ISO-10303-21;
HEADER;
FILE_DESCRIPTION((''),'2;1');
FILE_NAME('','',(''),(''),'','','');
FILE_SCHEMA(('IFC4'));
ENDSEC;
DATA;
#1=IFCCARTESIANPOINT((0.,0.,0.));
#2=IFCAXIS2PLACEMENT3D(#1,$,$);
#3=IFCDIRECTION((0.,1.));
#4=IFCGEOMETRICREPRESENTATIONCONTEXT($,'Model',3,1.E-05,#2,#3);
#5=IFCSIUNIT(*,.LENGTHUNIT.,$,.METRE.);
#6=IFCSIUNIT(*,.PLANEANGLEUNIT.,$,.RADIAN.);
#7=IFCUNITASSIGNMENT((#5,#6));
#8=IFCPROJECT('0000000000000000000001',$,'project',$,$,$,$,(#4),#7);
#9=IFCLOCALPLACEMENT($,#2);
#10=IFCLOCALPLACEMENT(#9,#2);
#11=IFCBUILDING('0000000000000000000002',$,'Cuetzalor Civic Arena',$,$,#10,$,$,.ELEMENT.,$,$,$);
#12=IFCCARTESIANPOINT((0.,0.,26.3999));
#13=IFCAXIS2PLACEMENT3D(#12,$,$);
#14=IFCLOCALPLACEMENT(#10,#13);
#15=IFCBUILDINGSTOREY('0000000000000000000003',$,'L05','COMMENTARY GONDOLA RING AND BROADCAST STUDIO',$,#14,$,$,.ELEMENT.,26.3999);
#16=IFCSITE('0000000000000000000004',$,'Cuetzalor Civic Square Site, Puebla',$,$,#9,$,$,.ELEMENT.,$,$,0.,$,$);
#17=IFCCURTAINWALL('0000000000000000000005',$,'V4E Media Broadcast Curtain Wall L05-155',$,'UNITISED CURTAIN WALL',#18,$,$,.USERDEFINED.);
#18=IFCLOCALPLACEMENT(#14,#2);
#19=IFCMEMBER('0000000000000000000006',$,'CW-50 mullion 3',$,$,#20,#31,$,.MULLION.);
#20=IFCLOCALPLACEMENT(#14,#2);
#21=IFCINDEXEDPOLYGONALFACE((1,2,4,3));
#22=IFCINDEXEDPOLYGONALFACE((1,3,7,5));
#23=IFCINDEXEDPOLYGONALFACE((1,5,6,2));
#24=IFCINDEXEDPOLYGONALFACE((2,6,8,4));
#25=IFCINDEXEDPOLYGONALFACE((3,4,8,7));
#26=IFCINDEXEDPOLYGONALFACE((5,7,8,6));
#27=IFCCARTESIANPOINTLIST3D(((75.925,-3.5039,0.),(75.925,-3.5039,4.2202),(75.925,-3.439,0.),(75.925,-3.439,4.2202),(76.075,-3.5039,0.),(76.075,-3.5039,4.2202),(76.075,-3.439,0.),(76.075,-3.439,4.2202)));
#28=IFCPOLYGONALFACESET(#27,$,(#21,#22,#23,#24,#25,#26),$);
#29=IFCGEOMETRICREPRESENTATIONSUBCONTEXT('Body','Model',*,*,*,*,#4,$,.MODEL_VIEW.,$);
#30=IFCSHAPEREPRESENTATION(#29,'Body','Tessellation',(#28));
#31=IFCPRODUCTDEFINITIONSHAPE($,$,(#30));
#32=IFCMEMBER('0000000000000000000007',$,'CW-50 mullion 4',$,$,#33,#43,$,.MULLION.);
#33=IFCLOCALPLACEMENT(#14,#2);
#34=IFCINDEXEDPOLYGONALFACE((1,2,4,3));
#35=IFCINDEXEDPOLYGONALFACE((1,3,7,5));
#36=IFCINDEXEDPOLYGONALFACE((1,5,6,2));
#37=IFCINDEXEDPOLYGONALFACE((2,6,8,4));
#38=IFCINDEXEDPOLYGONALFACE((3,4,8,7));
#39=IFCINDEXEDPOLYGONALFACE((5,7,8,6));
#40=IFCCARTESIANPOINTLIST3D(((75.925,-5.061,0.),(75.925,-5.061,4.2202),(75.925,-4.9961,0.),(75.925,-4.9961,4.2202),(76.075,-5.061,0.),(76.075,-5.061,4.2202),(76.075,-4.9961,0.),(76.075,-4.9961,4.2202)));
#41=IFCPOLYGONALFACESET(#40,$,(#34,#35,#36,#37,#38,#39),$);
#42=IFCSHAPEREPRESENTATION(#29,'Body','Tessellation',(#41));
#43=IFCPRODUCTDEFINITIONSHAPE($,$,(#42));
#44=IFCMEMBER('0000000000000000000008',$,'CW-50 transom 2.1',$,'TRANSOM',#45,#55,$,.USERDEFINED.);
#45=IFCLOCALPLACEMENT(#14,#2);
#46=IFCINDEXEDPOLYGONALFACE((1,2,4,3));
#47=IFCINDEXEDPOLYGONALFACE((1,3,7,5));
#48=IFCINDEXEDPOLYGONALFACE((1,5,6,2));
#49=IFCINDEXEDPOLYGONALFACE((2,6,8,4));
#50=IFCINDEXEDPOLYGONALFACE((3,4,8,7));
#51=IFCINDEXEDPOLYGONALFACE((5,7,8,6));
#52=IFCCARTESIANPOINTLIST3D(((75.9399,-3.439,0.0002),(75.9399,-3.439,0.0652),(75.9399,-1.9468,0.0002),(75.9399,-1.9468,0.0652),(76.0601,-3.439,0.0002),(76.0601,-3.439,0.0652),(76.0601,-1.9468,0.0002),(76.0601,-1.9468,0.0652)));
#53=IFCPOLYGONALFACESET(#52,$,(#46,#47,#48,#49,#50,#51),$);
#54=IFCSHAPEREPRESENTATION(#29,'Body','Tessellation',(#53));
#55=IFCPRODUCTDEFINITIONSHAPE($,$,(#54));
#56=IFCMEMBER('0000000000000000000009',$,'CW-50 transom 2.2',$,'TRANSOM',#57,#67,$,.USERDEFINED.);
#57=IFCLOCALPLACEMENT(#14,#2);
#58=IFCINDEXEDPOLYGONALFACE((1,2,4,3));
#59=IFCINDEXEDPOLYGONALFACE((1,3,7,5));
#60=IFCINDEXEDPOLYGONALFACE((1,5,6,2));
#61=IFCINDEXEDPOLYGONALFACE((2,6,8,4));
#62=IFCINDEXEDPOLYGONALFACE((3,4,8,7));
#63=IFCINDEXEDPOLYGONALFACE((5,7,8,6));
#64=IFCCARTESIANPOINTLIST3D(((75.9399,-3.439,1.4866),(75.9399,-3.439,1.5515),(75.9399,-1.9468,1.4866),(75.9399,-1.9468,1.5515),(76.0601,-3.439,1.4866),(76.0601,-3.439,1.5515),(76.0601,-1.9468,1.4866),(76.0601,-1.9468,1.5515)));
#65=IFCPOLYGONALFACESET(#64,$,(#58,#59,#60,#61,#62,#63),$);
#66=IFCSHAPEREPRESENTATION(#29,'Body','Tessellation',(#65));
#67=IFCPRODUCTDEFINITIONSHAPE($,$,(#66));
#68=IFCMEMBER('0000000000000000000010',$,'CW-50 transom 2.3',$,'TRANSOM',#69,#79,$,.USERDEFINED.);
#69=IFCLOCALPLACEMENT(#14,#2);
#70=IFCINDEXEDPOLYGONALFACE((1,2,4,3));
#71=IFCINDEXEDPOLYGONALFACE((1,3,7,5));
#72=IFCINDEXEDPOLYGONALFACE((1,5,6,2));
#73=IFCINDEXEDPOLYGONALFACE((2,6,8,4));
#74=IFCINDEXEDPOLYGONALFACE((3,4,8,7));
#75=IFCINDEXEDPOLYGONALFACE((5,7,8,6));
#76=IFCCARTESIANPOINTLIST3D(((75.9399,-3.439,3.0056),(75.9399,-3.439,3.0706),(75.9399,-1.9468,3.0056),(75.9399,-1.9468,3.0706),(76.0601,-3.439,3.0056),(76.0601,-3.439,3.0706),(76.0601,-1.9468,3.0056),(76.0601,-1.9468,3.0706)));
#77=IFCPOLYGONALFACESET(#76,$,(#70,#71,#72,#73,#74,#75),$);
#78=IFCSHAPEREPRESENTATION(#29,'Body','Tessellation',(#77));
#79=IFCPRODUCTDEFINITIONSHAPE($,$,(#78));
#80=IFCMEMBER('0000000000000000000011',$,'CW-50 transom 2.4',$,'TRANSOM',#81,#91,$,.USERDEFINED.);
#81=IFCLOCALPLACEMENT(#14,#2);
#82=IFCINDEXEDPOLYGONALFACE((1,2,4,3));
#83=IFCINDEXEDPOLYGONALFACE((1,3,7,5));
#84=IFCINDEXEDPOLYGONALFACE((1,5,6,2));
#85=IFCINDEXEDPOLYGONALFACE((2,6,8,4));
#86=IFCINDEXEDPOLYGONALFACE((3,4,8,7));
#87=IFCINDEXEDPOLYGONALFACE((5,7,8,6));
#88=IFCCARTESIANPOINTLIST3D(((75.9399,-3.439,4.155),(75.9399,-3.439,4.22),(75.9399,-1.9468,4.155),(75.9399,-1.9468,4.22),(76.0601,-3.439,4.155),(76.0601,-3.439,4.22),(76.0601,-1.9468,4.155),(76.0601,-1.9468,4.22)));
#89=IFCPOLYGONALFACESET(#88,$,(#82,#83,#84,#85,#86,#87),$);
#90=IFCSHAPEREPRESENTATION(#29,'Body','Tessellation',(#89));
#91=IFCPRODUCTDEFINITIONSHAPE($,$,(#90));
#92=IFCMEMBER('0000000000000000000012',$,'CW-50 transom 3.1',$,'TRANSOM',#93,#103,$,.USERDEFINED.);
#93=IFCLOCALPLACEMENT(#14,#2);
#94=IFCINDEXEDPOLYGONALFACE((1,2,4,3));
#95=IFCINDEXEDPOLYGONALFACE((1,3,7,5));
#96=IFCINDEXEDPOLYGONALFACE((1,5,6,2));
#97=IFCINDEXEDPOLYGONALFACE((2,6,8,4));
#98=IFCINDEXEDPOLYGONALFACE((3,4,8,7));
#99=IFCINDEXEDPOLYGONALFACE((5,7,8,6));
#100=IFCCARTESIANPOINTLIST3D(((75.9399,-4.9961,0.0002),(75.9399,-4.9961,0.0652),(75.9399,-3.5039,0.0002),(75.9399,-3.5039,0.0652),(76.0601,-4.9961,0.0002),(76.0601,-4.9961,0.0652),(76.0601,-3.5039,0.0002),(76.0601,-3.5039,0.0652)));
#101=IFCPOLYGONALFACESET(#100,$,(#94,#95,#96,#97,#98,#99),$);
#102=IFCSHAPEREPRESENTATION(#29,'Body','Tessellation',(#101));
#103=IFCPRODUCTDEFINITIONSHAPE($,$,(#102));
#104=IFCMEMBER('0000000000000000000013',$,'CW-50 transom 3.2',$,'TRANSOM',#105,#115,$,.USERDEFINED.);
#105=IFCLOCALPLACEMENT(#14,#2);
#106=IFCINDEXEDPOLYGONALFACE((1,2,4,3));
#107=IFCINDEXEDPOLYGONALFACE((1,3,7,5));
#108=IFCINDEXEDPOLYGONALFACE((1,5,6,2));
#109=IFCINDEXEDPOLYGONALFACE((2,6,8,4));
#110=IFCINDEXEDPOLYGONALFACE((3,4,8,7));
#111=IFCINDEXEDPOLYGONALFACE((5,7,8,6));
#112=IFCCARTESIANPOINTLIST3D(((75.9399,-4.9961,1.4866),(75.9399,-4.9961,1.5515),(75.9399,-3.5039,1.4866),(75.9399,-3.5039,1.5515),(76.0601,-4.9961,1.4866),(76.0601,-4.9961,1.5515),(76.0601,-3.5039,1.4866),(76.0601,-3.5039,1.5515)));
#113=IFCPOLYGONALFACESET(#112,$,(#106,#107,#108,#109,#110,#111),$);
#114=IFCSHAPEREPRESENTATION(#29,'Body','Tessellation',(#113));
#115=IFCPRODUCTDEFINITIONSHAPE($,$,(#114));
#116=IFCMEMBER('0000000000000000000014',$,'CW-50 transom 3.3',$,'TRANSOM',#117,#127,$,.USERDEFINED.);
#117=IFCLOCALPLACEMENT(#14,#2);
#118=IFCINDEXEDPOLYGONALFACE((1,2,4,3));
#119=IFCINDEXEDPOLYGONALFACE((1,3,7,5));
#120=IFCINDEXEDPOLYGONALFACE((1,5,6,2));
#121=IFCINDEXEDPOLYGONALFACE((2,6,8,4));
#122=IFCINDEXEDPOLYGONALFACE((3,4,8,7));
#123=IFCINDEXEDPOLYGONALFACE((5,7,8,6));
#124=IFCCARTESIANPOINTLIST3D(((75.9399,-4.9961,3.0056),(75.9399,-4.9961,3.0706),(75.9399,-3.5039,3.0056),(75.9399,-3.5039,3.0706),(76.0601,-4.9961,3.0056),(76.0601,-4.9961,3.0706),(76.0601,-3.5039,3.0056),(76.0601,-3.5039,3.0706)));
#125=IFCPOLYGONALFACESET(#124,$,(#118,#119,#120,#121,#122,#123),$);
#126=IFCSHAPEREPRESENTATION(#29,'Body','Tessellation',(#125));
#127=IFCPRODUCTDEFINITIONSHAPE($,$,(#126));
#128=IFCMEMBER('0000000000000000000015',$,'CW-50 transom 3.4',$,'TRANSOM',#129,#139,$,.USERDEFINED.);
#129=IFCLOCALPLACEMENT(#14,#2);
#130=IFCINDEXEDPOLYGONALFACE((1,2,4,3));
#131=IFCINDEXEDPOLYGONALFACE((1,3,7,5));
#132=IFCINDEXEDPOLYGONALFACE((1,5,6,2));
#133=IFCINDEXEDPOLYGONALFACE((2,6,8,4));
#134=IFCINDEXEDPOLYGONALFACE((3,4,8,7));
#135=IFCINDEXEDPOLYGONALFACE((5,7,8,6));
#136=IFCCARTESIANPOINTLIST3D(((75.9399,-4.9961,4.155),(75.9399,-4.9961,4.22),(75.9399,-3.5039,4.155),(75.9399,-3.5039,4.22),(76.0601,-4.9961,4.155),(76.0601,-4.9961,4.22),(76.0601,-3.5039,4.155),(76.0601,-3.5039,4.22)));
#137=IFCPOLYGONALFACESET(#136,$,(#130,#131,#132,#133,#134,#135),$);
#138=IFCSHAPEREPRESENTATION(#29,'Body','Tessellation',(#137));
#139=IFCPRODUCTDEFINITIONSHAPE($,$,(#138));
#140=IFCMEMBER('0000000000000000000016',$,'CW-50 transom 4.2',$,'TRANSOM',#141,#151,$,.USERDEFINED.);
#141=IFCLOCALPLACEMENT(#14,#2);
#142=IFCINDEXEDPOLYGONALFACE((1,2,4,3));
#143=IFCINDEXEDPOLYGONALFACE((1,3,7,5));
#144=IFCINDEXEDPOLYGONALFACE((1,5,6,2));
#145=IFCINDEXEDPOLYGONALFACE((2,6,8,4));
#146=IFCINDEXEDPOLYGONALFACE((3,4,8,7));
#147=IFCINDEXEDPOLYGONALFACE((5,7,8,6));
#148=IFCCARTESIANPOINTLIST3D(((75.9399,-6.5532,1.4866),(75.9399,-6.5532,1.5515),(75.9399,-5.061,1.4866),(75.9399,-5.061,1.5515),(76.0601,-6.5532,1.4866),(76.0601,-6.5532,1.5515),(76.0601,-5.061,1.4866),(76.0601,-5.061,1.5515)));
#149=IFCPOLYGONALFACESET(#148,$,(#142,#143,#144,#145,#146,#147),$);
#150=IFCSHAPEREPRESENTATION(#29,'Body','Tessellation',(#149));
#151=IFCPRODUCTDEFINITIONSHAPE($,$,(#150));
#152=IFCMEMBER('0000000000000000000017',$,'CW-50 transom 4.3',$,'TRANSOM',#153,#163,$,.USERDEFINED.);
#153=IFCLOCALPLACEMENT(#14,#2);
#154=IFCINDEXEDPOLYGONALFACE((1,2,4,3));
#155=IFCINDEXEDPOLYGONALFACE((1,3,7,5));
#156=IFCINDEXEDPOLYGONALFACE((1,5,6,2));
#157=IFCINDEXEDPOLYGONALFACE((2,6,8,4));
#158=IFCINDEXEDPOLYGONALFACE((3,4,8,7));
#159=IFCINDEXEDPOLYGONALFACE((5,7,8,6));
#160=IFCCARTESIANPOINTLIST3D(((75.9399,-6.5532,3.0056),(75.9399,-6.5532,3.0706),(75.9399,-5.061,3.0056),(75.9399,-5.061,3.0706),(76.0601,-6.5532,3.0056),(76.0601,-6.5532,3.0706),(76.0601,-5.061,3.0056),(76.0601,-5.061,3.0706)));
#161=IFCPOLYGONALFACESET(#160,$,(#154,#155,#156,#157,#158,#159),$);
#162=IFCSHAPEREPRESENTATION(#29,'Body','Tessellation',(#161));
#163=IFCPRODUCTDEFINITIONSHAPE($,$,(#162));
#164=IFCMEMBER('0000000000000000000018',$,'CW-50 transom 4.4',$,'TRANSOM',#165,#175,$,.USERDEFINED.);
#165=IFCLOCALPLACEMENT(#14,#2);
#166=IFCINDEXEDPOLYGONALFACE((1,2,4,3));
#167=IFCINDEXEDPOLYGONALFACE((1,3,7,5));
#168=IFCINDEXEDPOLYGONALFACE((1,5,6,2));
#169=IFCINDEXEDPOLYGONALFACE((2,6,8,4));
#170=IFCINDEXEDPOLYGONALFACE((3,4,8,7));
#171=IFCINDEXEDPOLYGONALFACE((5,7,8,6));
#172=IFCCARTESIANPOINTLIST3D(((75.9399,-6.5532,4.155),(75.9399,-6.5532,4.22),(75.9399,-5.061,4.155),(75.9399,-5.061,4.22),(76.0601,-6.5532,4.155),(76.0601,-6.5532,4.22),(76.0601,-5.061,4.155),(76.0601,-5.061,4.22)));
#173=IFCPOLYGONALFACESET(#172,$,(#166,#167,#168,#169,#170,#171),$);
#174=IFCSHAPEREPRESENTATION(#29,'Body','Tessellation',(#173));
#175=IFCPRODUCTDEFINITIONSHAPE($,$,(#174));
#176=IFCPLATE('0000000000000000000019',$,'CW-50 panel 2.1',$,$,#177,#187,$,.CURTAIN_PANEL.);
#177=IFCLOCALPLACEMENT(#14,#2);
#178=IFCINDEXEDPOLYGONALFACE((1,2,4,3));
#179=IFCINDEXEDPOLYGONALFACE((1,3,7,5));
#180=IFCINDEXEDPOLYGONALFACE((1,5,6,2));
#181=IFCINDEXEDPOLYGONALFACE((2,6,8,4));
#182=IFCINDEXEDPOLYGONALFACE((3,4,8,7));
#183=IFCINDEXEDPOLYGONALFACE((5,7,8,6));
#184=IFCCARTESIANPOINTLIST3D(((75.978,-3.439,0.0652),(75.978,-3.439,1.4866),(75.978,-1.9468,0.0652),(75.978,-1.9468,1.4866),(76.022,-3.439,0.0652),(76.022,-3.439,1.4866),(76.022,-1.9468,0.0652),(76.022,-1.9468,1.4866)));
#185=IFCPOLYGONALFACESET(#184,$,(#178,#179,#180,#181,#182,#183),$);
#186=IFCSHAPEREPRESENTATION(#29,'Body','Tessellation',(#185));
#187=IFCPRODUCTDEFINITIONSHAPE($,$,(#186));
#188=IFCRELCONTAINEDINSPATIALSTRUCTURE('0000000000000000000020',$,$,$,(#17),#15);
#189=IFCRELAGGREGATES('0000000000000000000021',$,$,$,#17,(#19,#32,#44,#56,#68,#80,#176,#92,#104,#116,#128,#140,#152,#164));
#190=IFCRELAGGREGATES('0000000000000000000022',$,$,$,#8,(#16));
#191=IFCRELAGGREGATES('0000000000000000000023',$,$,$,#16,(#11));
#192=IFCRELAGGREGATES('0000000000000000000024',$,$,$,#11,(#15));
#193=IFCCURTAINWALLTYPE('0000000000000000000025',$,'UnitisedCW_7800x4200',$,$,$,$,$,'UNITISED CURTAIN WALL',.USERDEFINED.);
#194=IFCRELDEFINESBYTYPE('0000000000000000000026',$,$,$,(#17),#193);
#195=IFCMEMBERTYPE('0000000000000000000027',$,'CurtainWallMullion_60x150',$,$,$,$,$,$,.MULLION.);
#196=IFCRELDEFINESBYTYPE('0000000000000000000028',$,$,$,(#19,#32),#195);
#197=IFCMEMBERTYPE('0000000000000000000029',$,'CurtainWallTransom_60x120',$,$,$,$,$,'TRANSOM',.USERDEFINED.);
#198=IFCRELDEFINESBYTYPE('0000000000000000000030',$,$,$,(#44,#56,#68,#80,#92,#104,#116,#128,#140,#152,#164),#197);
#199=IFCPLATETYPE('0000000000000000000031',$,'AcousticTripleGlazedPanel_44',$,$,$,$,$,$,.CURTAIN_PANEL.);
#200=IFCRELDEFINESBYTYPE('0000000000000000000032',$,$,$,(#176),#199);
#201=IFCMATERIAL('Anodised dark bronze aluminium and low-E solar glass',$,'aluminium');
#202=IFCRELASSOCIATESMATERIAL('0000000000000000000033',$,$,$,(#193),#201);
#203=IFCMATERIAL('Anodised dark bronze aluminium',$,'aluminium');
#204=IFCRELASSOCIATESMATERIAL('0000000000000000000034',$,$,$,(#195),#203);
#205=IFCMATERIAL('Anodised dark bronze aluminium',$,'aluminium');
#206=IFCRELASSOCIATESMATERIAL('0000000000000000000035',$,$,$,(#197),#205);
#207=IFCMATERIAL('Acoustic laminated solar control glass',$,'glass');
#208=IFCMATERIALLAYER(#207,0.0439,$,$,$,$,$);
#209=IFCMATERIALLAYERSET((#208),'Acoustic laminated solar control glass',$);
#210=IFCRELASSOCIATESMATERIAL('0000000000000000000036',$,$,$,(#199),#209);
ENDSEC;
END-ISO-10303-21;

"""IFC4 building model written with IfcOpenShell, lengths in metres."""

from ifc_helpers import new_model, si_unit, direction, frame, origin, origin_2d, place, context, subcontext, project, spatial, rectangle, extrude, material, layer, layer_set, material_profile, profile_set, type_object, element, aggregate, save


model = new_model("IFC4")

# Units and contexts
model_context = context("Model", 3, precision=1e-05, world=origin(), true_north=direction((0.0, 1.0)))
body_context = subcontext(model_context, "Body", "Model", "MODEL_VIEW")
ifc_project = project(units=[si_unit("LENGTHUNIT", "METRE"), si_unit("PLANEANGLEUNIT", "RADIAN")], contexts=[model_context])

# Site, building, storey
site_placement = place(None, origin())
site = spatial("IfcSite", under=ifc_project, at=site_placement, Name="Cuetzalor Civic Square Site, Puebla", CompositionType="ELEMENT", RefElevation=0.0)
building_placement = place(site_placement, origin())
building = spatial("IfcBuilding", under=site, at=building_placement, Name="Cuetzalor Civic Arena", CompositionType="ELEMENT")
storey_placement = place(building_placement, frame((0.0, 0.0, 26.3999)))
storey = spatial("IfcBuildingStorey", under=building, at=storey_placement, Name="L05", Description="COMMENTARY GONDOLA RING AND BROADCAST STUDIO", CompositionType="ELEMENT", Elevation=26.3999)

# Curtain wall, members, plate
ifc_material_1 = material(Name="Anodised dark bronze aluminium and low-E solar glass", Category="aluminium")
curtain_wall_type = type_object("IfcCurtainWallType", Name="UnitisedCW_7800x4200", ElementType="UNITISED CURTAIN WALL", PredefinedType="USERDEFINED", material=ifc_material_1)
curtain_wall_placement = place(storey_placement, origin())
curtain_wall = element("IfcCurtainWall", 1, at=curtain_wall_placement, inside=storey, type_object=curtain_wall_type, Name="V4E Media Broadcast Curtain Wall L05-155", ObjectType="UNITISED CURTAIN WALL", PredefinedType="USERDEFINED")
ifc_material_2 = material(Name="Anodised dark bronze aluminium", Category="aluminium")
ifc_material_profile_1 = material_profile(ifc_material_2, rectangle(XDim=0.0649, YDim=0.1499, at=origin_2d()), Name="ALU MULLION 65x150")
ifc_profile_set_1 = profile_set([ifc_material_profile_1], Name="Anodised dark bronze aluminium")
member_type_1 = type_object("IfcMemberType", Name="CurtainWallMullion_60x150", PredefinedType="MULLION", material=ifc_profile_set_1)
member_1_placement = place(storey_placement, frame((76.0, -3.4714, 0.0), z_axis=(0.0, 0.0, 1.0), x_axis=(0.0, -1.0, 0.0)))
member_1 = element("IfcMember", 2, at=member_1_placement, type_object=member_type_1, Name="CW-50 mullion 3", PredefinedType="MULLION", context=body_context, shape_type="SweptSolid", body=[
    extrude(rectangle(XDim=0.0649, YDim=0.1499, at=origin_2d()), origin(), (0.0, 0.0, 1.0), 4.2202),
])
member_2_placement = place(storey_placement, frame((76.0, -5.0286, 0.0), z_axis=(0.0, 0.0, 1.0), x_axis=(0.0, -1.0, 0.0)))
member_2 = element("IfcMember", 3, at=member_2_placement, type_object=member_type_1, Name="CW-50 mullion 4", PredefinedType="MULLION", context=body_context, shape_type="SweptSolid", body=[
    extrude(rectangle(XDim=0.0649, YDim=0.1499, at=origin_2d()), origin(), (0.0, 0.0, 1.0), 4.2202),
])
ifc_material_3 = material(Name="Anodised dark bronze aluminium", Category="aluminium")
ifc_material_profile_2 = material_profile(ifc_material_3, rectangle(XDim=0.1201, YDim=0.0649, at=origin_2d()), Name="ALU TRANSOM 65x120")
ifc_profile_set_2 = profile_set([ifc_material_profile_2], Name="Anodised dark bronze aluminium")
member_type_2 = type_object("IfcMemberType", Name="CurtainWallTransom_60x120", ElementType="TRANSOM", PredefinedType="USERDEFINED", material=ifc_profile_set_2)
member_3_placement = place(storey_placement, frame((76.0, -1.9468, 0.0327), z_axis=(0.0, -1.0, 0.0), x_axis=(1.0, 0.0, 0.0)))
member_3 = element("IfcMember", 4, at=member_3_placement, type_object=member_type_2, Name="CW-50 transom 2.1", ObjectType="TRANSOM", PredefinedType="USERDEFINED", context=body_context, shape_type="SweptSolid", body=[
    extrude(rectangle(XDim=0.1201, YDim=0.0649, at=origin_2d()), origin(), (0.0, 0.0, 1.0), 1.4922),
])
member_4_placement = place(storey_placement, frame((76.0, -1.9468, 1.519), z_axis=(0.0, -1.0, 0.0), x_axis=(1.0, 0.0, 0.0)))
member_4 = element("IfcMember", 5, at=member_4_placement, type_object=member_type_2, Name="CW-50 transom 2.2", ObjectType="TRANSOM", PredefinedType="USERDEFINED", context=body_context, shape_type="SweptSolid", body=[
    extrude(rectangle(XDim=0.1201, YDim=0.0649, at=origin_2d()), origin(), (0.0, 0.0, 1.0), 1.4922),
])
member_5_placement = place(storey_placement, frame((76.0, -1.9468, 3.0381), z_axis=(0.0, -1.0, 0.0), x_axis=(1.0, 0.0, 0.0)))
member_5 = element("IfcMember", 6, at=member_5_placement, type_object=member_type_2, Name="CW-50 transom 2.3", ObjectType="TRANSOM", PredefinedType="USERDEFINED", context=body_context, shape_type="SweptSolid", body=[
    extrude(rectangle(XDim=0.1201, YDim=0.0649, at=origin_2d()), origin(), (0.0, 0.0, 1.0), 1.4922),
])
member_6_placement = place(storey_placement, frame((76.0, -1.9468, 4.1875), z_axis=(0.0, -1.0, 0.0), x_axis=(1.0, 0.0, 0.0)))
member_6 = element("IfcMember", 7, at=member_6_placement, type_object=member_type_2, Name="CW-50 transom 2.4", ObjectType="TRANSOM", PredefinedType="USERDEFINED", context=body_context, shape_type="SweptSolid", body=[
    extrude(rectangle(XDim=0.1201, YDim=0.0649, at=origin_2d()), origin(), (0.0, 0.0, 1.0), 1.4922),
])
member_7_placement = place(storey_placement, frame((76.0, -3.5039, 0.0327), z_axis=(0.0, -1.0, 0.0), x_axis=(1.0, 0.0, 0.0)))
member_7 = element("IfcMember", 8, at=member_7_placement, type_object=member_type_2, Name="CW-50 transom 3.1", ObjectType="TRANSOM", PredefinedType="USERDEFINED", context=body_context, shape_type="SweptSolid", body=[
    extrude(rectangle(XDim=0.1201, YDim=0.0649, at=origin_2d()), origin(), (0.0, 0.0, 1.0), 1.4922),
])
member_8_placement = place(storey_placement, frame((76.0, -3.5039, 1.519), z_axis=(0.0, -1.0, 0.0), x_axis=(1.0, 0.0, 0.0)))
member_8 = element("IfcMember", 9, at=member_8_placement, type_object=member_type_2, Name="CW-50 transom 3.2", ObjectType="TRANSOM", PredefinedType="USERDEFINED", context=body_context, shape_type="SweptSolid", body=[
    extrude(rectangle(XDim=0.1201, YDim=0.0649, at=origin_2d()), origin(), (0.0, 0.0, 1.0), 1.4922),
])
member_9_placement = place(storey_placement, frame((76.0, -3.5039, 3.0381), z_axis=(0.0, -1.0, 0.0), x_axis=(1.0, 0.0, 0.0)))
member_9 = element("IfcMember", 10, at=member_9_placement, type_object=member_type_2, Name="CW-50 transom 3.3", ObjectType="TRANSOM", PredefinedType="USERDEFINED", context=body_context, shape_type="SweptSolid", body=[
    extrude(rectangle(XDim=0.1201, YDim=0.0649, at=origin_2d()), origin(), (0.0, 0.0, 1.0), 1.4922),
])
member_10_placement = place(storey_placement, frame((76.0, -3.5039, 4.1875), z_axis=(0.0, -1.0, 0.0), x_axis=(1.0, 0.0, 0.0)))
member_10 = element("IfcMember", 11, at=member_10_placement, type_object=member_type_2, Name="CW-50 transom 3.4", ObjectType="TRANSOM", PredefinedType="USERDEFINED", context=body_context, shape_type="SweptSolid", body=[
    extrude(rectangle(XDim=0.1201, YDim=0.0649, at=origin_2d()), origin(), (0.0, 0.0, 1.0), 1.4922),
])
member_11_placement = place(storey_placement, frame((76.0, -5.061, 1.519), z_axis=(0.0, -1.0, 0.0), x_axis=(1.0, 0.0, 0.0)))
member_11 = element("IfcMember", 12, at=member_11_placement, type_object=member_type_2, Name="CW-50 transom 4.2", ObjectType="TRANSOM", PredefinedType="USERDEFINED", context=body_context, shape_type="SweptSolid", body=[
    extrude(rectangle(XDim=0.1201, YDim=0.0649, at=origin_2d()), origin(), (0.0, 0.0, 1.0), 1.4922),
])
member_12_placement = place(storey_placement, frame((76.0, -5.061, 3.0381), z_axis=(0.0, -1.0, 0.0), x_axis=(1.0, 0.0, 0.0)))
member_12 = element("IfcMember", 13, at=member_12_placement, type_object=member_type_2, Name="CW-50 transom 4.3", ObjectType="TRANSOM", PredefinedType="USERDEFINED", context=body_context, shape_type="SweptSolid", body=[
    extrude(rectangle(XDim=0.1201, YDim=0.0649, at=origin_2d()), origin(), (0.0, 0.0, 1.0), 1.4922),
])
member_13_placement = place(storey_placement, frame((76.0, -5.061, 4.1875), z_axis=(0.0, -1.0, 0.0), x_axis=(1.0, 0.0, 0.0)))
member_13 = element("IfcMember", 14, at=member_13_placement, type_object=member_type_2, Name="CW-50 transom 4.4", ObjectType="TRANSOM", PredefinedType="USERDEFINED", context=body_context, shape_type="SweptSolid", body=[
    extrude(rectangle(XDim=0.1201, YDim=0.0649, at=origin_2d()), origin(), (0.0, 0.0, 1.0), 1.4922),
])
ifc_material_4 = material(Name="Acoustic laminated solar control glass", Category="glass")
ifc_layer_1 = layer(ifc_material_4, 0.0439)
ifc_layer_set_1 = layer_set([ifc_layer_1], Name="Acoustic laminated solar control glass")
plate_type = type_object("IfcPlateType", Name="AcousticTripleGlazedPanel_44", PredefinedType="CURTAIN_PANEL", material=ifc_layer_set_1)
plate_1_placement = place(storey_placement, frame((76.0, -2.6929, 0.0652), z_axis=(0.0, 0.0, 1.0), x_axis=(0.0, -1.0, 0.0)))
plate_1 = element("IfcPlate", 15, at=plate_1_placement, type_object=plate_type, Name="CW-50 panel 2.1", PredefinedType="CURTAIN_PANEL", context=body_context, shape_type="SweptSolid", body=[
    extrude(rectangle(XDim=1.4922, YDim=0.0439, at=origin_2d()), origin(), (0.0, 0.0, 1.0), 1.4214),
])
aggregate(curtain_wall, [member_1, member_2, member_3, member_4, member_5, member_6, plate_1, member_7, member_8, member_9, member_10, member_11, member_12, member_13])

save(model, "model.ifc")
